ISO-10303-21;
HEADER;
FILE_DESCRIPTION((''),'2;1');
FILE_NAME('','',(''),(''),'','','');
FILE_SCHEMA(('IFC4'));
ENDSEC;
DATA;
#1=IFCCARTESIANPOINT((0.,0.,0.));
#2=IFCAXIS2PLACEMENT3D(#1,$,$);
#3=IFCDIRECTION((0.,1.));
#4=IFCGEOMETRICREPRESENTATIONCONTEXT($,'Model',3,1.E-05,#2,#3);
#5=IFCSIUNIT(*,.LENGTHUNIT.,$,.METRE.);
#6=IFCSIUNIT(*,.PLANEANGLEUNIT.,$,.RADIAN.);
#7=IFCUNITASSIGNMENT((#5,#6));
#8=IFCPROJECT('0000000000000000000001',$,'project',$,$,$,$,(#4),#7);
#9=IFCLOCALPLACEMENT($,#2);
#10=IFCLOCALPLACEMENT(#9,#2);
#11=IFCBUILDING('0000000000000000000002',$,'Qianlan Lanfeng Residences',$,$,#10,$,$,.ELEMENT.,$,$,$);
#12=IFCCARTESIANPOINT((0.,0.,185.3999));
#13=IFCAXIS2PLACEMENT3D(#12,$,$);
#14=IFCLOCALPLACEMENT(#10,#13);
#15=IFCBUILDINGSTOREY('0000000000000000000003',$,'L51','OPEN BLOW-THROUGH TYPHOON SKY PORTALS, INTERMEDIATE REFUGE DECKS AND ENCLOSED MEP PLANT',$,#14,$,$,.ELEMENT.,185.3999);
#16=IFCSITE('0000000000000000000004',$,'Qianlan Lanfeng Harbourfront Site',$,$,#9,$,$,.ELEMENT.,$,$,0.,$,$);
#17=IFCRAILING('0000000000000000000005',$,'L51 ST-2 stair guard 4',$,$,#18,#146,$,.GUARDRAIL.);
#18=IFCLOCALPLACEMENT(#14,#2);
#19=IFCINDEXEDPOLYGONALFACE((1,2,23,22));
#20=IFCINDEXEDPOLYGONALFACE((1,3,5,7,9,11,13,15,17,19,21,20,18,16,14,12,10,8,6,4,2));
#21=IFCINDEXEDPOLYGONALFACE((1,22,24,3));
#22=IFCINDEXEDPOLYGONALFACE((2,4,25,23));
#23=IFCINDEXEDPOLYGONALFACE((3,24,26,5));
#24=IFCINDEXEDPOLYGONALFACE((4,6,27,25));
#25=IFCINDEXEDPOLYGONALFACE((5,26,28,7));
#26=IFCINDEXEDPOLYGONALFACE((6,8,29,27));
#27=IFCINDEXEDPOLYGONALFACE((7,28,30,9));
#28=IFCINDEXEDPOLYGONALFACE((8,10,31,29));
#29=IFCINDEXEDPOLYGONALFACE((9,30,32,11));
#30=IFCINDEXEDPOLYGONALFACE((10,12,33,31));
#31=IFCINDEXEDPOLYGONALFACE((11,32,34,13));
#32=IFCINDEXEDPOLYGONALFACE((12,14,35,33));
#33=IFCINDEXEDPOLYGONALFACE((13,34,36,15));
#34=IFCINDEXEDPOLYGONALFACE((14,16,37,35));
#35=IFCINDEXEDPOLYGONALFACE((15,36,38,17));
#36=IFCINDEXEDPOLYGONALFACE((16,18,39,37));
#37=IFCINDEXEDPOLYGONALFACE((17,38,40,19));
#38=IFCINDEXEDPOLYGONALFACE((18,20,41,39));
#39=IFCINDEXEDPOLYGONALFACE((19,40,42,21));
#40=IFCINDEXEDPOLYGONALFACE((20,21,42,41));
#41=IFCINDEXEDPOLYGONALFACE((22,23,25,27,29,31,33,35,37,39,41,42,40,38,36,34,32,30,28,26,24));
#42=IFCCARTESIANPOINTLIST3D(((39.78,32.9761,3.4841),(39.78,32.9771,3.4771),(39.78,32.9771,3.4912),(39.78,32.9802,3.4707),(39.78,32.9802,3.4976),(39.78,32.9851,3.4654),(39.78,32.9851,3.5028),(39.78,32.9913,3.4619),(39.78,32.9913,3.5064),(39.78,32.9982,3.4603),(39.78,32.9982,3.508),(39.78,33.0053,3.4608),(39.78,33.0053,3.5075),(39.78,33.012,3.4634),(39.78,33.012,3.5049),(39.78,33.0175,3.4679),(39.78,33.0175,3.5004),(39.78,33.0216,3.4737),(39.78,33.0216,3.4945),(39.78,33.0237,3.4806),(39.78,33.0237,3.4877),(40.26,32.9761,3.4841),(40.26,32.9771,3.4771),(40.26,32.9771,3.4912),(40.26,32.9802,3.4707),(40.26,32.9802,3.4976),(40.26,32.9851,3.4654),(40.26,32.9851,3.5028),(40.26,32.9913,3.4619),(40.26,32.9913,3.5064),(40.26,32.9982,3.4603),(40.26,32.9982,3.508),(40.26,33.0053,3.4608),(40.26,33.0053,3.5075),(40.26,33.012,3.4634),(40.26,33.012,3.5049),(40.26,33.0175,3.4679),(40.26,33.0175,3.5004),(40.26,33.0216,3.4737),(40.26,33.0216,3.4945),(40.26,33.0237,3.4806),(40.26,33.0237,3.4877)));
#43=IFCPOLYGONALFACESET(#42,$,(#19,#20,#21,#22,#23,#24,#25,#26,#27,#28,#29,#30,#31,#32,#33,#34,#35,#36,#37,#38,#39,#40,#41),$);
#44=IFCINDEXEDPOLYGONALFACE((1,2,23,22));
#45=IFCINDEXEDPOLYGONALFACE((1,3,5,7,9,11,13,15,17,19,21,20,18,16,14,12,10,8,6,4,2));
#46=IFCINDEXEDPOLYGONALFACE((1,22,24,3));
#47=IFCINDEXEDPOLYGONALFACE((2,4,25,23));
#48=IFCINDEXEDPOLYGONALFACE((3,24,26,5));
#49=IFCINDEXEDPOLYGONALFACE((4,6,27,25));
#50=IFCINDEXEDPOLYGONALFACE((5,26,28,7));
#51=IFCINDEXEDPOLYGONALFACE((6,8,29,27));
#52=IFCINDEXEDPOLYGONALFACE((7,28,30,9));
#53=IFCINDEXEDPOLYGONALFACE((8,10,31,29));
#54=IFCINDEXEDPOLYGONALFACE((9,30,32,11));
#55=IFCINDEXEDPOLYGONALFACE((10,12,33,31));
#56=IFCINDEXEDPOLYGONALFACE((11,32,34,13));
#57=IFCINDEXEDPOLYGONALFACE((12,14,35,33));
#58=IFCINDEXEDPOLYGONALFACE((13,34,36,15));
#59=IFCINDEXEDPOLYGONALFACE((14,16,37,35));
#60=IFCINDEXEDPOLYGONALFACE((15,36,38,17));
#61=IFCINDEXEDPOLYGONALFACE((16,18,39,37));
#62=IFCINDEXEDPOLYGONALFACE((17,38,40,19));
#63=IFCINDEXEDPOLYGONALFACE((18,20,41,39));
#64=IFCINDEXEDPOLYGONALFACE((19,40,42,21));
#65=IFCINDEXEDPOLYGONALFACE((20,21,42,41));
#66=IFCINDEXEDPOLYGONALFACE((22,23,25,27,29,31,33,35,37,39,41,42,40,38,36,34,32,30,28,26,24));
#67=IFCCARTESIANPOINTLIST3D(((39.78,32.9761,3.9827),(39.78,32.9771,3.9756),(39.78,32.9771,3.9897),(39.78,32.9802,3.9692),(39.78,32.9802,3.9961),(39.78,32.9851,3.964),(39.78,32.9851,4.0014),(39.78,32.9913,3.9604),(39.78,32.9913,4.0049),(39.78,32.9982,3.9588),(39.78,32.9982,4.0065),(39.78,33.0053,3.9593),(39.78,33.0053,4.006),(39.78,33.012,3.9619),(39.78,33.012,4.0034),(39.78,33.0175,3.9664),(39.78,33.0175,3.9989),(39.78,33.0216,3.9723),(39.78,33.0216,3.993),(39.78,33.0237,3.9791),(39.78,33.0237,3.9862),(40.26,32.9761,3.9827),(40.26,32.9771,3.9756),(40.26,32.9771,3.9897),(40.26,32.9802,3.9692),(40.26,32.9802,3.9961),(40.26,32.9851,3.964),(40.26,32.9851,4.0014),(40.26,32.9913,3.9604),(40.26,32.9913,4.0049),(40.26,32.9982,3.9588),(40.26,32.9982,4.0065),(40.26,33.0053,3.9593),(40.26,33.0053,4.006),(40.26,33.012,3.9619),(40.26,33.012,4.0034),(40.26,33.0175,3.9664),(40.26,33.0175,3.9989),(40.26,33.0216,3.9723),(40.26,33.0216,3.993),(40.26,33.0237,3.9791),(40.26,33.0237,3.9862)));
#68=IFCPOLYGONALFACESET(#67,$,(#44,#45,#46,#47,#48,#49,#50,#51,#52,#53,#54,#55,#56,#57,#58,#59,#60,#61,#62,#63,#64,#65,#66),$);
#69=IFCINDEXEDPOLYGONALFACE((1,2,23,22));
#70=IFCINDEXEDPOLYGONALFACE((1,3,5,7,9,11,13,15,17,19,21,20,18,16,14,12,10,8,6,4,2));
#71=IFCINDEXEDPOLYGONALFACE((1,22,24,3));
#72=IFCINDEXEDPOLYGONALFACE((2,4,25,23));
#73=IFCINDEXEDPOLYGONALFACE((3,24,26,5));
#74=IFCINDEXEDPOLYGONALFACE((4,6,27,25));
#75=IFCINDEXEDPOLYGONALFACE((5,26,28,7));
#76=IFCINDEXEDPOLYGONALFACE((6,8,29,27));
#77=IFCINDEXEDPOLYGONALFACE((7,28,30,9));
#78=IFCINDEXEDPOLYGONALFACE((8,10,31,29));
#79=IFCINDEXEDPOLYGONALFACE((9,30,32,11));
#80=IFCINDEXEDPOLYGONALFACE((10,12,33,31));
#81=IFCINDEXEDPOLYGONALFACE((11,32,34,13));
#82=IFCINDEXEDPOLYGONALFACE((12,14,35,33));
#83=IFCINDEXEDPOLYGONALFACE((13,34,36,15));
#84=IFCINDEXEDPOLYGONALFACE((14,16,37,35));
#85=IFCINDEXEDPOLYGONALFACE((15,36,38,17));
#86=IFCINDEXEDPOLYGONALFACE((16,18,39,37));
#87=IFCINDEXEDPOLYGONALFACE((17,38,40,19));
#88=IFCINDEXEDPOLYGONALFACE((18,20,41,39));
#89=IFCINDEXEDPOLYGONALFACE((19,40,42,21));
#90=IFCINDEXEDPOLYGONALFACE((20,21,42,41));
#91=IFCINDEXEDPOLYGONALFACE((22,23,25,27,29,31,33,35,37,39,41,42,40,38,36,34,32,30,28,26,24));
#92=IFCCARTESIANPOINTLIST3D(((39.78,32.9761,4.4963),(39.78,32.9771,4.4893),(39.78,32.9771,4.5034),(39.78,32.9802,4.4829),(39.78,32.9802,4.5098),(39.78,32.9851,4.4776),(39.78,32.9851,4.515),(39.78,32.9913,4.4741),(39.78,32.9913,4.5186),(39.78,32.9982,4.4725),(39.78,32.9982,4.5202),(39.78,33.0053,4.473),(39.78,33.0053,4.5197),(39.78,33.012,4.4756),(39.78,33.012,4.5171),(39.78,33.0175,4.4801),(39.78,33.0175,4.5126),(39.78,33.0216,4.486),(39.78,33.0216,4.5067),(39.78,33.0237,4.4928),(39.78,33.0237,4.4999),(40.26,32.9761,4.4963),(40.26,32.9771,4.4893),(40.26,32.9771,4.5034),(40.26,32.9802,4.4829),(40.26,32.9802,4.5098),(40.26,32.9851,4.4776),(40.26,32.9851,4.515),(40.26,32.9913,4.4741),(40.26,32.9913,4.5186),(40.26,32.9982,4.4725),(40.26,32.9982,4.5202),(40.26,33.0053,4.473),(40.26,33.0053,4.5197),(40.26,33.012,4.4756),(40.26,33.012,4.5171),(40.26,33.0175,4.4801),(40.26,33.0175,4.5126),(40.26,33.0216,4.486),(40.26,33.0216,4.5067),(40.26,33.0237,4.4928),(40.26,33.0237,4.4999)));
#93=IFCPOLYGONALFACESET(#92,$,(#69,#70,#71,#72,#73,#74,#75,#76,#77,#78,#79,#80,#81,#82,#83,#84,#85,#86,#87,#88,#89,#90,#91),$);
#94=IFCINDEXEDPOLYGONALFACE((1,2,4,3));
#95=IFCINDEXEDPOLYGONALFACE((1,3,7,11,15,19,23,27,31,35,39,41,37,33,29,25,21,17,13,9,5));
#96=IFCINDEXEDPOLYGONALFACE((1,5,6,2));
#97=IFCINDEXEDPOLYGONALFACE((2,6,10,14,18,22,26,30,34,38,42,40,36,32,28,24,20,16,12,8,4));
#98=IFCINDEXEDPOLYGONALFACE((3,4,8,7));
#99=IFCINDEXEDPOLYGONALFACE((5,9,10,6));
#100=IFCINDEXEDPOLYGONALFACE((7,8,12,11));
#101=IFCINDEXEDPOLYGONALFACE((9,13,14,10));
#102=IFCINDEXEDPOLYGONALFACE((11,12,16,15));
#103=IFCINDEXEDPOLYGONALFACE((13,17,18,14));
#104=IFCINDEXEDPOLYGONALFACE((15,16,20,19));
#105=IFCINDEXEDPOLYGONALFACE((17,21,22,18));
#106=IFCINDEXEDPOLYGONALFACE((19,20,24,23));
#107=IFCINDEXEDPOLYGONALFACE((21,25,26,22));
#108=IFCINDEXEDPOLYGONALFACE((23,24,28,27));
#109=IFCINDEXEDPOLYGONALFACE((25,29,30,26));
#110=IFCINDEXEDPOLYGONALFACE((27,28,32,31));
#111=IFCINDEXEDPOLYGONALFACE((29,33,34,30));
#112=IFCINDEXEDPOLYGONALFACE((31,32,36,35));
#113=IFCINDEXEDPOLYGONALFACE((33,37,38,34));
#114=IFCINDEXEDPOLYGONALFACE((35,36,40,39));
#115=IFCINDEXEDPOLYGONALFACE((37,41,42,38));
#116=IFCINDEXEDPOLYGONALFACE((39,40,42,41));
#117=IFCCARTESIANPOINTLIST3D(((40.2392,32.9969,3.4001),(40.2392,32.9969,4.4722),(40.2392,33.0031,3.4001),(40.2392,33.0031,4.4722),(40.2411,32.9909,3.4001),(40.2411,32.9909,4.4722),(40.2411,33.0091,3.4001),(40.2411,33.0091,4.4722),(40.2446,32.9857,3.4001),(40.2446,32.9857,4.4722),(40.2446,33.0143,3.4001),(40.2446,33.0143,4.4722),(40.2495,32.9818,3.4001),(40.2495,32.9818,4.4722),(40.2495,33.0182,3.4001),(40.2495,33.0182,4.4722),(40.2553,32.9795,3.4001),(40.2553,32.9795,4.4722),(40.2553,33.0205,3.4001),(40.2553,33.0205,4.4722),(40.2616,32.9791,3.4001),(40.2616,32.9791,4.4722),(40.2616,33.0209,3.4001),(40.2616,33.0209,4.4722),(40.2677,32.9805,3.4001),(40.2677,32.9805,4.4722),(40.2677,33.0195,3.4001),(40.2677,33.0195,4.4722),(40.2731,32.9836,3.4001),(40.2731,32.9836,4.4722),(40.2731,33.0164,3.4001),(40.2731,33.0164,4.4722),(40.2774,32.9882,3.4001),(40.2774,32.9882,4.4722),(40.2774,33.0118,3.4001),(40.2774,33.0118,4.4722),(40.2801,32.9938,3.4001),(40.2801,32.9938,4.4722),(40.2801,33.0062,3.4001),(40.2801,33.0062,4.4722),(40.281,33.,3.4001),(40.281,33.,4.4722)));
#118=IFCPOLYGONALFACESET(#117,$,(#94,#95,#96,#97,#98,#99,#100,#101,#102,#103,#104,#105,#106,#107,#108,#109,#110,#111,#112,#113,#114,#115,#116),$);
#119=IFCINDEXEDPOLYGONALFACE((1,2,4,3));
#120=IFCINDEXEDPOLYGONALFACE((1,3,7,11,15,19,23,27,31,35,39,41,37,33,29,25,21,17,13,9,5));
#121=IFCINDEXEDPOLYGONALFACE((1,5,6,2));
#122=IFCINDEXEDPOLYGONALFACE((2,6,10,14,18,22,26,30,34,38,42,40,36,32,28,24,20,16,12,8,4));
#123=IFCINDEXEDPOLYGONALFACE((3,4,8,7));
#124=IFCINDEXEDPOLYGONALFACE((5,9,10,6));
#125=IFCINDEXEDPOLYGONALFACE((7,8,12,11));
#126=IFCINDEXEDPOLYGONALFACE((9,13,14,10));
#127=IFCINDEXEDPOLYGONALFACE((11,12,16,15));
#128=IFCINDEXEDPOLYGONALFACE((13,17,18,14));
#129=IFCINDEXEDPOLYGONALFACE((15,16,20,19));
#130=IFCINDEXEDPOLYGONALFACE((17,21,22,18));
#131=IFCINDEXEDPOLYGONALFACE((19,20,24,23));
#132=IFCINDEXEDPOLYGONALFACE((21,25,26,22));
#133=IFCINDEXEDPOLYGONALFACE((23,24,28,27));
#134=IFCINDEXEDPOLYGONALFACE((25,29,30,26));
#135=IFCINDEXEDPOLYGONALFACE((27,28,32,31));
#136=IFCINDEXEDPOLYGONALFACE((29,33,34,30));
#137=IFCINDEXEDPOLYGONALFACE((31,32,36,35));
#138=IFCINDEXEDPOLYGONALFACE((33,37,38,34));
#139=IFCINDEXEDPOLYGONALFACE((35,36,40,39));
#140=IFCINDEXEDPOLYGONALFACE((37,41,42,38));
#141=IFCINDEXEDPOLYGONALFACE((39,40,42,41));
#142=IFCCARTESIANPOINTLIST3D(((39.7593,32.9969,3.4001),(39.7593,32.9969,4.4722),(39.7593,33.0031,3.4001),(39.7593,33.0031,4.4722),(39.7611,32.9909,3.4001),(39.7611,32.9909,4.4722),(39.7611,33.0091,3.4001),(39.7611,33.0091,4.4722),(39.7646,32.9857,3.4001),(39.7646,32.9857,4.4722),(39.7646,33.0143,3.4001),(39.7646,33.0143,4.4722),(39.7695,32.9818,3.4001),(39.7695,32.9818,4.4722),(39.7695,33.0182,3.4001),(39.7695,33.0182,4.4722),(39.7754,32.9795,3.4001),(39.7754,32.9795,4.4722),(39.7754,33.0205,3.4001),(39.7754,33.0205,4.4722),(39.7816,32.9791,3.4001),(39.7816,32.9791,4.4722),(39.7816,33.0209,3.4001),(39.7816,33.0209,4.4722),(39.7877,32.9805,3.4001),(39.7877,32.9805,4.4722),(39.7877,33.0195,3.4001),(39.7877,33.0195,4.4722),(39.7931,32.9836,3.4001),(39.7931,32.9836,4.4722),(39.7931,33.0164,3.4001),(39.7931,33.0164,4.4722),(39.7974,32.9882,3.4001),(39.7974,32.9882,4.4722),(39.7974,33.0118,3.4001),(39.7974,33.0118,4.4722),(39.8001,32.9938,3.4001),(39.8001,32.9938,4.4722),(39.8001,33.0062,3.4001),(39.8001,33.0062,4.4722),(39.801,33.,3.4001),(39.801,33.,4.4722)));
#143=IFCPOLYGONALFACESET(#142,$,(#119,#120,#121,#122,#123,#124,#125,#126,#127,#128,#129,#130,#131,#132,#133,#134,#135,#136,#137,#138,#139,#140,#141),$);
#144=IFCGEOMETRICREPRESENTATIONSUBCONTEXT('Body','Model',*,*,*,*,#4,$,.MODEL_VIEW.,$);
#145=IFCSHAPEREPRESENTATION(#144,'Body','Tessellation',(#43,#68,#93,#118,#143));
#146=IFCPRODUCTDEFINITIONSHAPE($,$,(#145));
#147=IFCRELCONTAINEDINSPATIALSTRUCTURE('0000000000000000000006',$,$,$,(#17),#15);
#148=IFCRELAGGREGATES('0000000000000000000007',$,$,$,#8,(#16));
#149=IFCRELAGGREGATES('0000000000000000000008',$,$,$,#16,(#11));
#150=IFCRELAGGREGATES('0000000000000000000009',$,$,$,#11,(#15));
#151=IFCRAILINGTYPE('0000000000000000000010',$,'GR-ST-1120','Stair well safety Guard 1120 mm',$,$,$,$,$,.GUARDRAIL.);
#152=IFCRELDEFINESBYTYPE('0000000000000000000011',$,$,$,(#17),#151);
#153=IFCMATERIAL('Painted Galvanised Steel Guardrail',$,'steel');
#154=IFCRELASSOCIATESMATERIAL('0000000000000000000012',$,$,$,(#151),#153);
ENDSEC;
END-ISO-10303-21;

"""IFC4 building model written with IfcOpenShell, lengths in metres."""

from ifc_helpers import new_model, si_unit, direction, frame, origin, origin_2d, place, context, subcontext, project, spatial, circle, extrude, material, type_object, element, save


model = new_model("IFC4")

# Units and contexts
model_context = context("Model", 3, precision=1e-05, world=origin(), true_north=direction((0.0, 1.0)))
body_context = subcontext(model_context, "Body", "Model", "MODEL_VIEW")
ifc_project = project(units=[si_unit("LENGTHUNIT", "METRE"), si_unit("PLANEANGLEUNIT", "RADIAN")], contexts=[model_context])

# Site, building, storey
site_placement = place(None, origin())
site = spatial("IfcSite", under=ifc_project, at=site_placement, Name="Qianlan Lanfeng Harbourfront Site", CompositionType="ELEMENT", RefElevation=0.0)
building_placement = place(site_placement, origin())
building = spatial("IfcBuilding", under=site, at=building_placement, Name="Qianlan Lanfeng Residences", CompositionType="ELEMENT")
storey_placement = place(building_placement, frame((0.0, 0.0, 185.3999)))
storey = spatial("IfcBuildingStorey", under=building, at=storey_placement, Name="L51", Description="OPEN BLOW-THROUGH TYPHOON SKY PORTALS, INTERMEDIATE REFUGE DECKS AND ENCLOSED MEP PLANT", CompositionType="ELEMENT", Elevation=185.3999)

# Railing
ifc_material_1 = material(Name="Painted Galvanised Steel Guardrail", Category="steel")
railing_type_1 = type_object("IfcRailingType", Name="GR-ST-1120", Description="Stair well safety Guard 1120 mm", PredefinedType="GUARDRAIL", material=ifc_material_1)
for number, where, name in (
    (1, (40.26, 33.0, 3.4001), "L51 ST-2 stair guard 4"),
):
    element("IfcRailing", number, at=place(storey_placement, frame(where)), inside=storey, type_object=railing_type_1, Name=name, PredefinedType="GUARDRAIL", context=body_context, shape_type="SweptSolid", body=[
        extrude(circle(Radius=0.0239, at=origin_2d()), frame((0.0, 0.0, 0.084), z_axis=(-1.0, 0.0, 0.0), x_axis=(0.0, -1.0, 0.0)), (0.0, 0.0, 1.0), 0.48),
        extrude(circle(Radius=0.0239, at=origin_2d()), frame((0.0, 0.0, 0.5825), z_axis=(-1.0, 0.0, 0.0), x_axis=(0.0, -1.0, 0.0)), (0.0, 0.0, 1.0), 0.48),
        extrude(circle(Radius=0.0239, at=origin_2d()), frame((0.0, 0.0, 1.0962), z_axis=(-1.0, 0.0, 0.0), x_axis=(0.0, -1.0, 0.0)), (0.0, 0.0, 1.0), 0.48),
        extrude(circle(Radius=0.021, at=origin_2d()), origin(), (0.0, 0.0, 1.0), 1.072),
        extrude(circle(Radius=0.021, at=origin_2d()), frame((-0.48, 0.0, 0.0)), (0.0, 0.0, 1.0), 1.072),
    ])

save(model, "model.ifc")
